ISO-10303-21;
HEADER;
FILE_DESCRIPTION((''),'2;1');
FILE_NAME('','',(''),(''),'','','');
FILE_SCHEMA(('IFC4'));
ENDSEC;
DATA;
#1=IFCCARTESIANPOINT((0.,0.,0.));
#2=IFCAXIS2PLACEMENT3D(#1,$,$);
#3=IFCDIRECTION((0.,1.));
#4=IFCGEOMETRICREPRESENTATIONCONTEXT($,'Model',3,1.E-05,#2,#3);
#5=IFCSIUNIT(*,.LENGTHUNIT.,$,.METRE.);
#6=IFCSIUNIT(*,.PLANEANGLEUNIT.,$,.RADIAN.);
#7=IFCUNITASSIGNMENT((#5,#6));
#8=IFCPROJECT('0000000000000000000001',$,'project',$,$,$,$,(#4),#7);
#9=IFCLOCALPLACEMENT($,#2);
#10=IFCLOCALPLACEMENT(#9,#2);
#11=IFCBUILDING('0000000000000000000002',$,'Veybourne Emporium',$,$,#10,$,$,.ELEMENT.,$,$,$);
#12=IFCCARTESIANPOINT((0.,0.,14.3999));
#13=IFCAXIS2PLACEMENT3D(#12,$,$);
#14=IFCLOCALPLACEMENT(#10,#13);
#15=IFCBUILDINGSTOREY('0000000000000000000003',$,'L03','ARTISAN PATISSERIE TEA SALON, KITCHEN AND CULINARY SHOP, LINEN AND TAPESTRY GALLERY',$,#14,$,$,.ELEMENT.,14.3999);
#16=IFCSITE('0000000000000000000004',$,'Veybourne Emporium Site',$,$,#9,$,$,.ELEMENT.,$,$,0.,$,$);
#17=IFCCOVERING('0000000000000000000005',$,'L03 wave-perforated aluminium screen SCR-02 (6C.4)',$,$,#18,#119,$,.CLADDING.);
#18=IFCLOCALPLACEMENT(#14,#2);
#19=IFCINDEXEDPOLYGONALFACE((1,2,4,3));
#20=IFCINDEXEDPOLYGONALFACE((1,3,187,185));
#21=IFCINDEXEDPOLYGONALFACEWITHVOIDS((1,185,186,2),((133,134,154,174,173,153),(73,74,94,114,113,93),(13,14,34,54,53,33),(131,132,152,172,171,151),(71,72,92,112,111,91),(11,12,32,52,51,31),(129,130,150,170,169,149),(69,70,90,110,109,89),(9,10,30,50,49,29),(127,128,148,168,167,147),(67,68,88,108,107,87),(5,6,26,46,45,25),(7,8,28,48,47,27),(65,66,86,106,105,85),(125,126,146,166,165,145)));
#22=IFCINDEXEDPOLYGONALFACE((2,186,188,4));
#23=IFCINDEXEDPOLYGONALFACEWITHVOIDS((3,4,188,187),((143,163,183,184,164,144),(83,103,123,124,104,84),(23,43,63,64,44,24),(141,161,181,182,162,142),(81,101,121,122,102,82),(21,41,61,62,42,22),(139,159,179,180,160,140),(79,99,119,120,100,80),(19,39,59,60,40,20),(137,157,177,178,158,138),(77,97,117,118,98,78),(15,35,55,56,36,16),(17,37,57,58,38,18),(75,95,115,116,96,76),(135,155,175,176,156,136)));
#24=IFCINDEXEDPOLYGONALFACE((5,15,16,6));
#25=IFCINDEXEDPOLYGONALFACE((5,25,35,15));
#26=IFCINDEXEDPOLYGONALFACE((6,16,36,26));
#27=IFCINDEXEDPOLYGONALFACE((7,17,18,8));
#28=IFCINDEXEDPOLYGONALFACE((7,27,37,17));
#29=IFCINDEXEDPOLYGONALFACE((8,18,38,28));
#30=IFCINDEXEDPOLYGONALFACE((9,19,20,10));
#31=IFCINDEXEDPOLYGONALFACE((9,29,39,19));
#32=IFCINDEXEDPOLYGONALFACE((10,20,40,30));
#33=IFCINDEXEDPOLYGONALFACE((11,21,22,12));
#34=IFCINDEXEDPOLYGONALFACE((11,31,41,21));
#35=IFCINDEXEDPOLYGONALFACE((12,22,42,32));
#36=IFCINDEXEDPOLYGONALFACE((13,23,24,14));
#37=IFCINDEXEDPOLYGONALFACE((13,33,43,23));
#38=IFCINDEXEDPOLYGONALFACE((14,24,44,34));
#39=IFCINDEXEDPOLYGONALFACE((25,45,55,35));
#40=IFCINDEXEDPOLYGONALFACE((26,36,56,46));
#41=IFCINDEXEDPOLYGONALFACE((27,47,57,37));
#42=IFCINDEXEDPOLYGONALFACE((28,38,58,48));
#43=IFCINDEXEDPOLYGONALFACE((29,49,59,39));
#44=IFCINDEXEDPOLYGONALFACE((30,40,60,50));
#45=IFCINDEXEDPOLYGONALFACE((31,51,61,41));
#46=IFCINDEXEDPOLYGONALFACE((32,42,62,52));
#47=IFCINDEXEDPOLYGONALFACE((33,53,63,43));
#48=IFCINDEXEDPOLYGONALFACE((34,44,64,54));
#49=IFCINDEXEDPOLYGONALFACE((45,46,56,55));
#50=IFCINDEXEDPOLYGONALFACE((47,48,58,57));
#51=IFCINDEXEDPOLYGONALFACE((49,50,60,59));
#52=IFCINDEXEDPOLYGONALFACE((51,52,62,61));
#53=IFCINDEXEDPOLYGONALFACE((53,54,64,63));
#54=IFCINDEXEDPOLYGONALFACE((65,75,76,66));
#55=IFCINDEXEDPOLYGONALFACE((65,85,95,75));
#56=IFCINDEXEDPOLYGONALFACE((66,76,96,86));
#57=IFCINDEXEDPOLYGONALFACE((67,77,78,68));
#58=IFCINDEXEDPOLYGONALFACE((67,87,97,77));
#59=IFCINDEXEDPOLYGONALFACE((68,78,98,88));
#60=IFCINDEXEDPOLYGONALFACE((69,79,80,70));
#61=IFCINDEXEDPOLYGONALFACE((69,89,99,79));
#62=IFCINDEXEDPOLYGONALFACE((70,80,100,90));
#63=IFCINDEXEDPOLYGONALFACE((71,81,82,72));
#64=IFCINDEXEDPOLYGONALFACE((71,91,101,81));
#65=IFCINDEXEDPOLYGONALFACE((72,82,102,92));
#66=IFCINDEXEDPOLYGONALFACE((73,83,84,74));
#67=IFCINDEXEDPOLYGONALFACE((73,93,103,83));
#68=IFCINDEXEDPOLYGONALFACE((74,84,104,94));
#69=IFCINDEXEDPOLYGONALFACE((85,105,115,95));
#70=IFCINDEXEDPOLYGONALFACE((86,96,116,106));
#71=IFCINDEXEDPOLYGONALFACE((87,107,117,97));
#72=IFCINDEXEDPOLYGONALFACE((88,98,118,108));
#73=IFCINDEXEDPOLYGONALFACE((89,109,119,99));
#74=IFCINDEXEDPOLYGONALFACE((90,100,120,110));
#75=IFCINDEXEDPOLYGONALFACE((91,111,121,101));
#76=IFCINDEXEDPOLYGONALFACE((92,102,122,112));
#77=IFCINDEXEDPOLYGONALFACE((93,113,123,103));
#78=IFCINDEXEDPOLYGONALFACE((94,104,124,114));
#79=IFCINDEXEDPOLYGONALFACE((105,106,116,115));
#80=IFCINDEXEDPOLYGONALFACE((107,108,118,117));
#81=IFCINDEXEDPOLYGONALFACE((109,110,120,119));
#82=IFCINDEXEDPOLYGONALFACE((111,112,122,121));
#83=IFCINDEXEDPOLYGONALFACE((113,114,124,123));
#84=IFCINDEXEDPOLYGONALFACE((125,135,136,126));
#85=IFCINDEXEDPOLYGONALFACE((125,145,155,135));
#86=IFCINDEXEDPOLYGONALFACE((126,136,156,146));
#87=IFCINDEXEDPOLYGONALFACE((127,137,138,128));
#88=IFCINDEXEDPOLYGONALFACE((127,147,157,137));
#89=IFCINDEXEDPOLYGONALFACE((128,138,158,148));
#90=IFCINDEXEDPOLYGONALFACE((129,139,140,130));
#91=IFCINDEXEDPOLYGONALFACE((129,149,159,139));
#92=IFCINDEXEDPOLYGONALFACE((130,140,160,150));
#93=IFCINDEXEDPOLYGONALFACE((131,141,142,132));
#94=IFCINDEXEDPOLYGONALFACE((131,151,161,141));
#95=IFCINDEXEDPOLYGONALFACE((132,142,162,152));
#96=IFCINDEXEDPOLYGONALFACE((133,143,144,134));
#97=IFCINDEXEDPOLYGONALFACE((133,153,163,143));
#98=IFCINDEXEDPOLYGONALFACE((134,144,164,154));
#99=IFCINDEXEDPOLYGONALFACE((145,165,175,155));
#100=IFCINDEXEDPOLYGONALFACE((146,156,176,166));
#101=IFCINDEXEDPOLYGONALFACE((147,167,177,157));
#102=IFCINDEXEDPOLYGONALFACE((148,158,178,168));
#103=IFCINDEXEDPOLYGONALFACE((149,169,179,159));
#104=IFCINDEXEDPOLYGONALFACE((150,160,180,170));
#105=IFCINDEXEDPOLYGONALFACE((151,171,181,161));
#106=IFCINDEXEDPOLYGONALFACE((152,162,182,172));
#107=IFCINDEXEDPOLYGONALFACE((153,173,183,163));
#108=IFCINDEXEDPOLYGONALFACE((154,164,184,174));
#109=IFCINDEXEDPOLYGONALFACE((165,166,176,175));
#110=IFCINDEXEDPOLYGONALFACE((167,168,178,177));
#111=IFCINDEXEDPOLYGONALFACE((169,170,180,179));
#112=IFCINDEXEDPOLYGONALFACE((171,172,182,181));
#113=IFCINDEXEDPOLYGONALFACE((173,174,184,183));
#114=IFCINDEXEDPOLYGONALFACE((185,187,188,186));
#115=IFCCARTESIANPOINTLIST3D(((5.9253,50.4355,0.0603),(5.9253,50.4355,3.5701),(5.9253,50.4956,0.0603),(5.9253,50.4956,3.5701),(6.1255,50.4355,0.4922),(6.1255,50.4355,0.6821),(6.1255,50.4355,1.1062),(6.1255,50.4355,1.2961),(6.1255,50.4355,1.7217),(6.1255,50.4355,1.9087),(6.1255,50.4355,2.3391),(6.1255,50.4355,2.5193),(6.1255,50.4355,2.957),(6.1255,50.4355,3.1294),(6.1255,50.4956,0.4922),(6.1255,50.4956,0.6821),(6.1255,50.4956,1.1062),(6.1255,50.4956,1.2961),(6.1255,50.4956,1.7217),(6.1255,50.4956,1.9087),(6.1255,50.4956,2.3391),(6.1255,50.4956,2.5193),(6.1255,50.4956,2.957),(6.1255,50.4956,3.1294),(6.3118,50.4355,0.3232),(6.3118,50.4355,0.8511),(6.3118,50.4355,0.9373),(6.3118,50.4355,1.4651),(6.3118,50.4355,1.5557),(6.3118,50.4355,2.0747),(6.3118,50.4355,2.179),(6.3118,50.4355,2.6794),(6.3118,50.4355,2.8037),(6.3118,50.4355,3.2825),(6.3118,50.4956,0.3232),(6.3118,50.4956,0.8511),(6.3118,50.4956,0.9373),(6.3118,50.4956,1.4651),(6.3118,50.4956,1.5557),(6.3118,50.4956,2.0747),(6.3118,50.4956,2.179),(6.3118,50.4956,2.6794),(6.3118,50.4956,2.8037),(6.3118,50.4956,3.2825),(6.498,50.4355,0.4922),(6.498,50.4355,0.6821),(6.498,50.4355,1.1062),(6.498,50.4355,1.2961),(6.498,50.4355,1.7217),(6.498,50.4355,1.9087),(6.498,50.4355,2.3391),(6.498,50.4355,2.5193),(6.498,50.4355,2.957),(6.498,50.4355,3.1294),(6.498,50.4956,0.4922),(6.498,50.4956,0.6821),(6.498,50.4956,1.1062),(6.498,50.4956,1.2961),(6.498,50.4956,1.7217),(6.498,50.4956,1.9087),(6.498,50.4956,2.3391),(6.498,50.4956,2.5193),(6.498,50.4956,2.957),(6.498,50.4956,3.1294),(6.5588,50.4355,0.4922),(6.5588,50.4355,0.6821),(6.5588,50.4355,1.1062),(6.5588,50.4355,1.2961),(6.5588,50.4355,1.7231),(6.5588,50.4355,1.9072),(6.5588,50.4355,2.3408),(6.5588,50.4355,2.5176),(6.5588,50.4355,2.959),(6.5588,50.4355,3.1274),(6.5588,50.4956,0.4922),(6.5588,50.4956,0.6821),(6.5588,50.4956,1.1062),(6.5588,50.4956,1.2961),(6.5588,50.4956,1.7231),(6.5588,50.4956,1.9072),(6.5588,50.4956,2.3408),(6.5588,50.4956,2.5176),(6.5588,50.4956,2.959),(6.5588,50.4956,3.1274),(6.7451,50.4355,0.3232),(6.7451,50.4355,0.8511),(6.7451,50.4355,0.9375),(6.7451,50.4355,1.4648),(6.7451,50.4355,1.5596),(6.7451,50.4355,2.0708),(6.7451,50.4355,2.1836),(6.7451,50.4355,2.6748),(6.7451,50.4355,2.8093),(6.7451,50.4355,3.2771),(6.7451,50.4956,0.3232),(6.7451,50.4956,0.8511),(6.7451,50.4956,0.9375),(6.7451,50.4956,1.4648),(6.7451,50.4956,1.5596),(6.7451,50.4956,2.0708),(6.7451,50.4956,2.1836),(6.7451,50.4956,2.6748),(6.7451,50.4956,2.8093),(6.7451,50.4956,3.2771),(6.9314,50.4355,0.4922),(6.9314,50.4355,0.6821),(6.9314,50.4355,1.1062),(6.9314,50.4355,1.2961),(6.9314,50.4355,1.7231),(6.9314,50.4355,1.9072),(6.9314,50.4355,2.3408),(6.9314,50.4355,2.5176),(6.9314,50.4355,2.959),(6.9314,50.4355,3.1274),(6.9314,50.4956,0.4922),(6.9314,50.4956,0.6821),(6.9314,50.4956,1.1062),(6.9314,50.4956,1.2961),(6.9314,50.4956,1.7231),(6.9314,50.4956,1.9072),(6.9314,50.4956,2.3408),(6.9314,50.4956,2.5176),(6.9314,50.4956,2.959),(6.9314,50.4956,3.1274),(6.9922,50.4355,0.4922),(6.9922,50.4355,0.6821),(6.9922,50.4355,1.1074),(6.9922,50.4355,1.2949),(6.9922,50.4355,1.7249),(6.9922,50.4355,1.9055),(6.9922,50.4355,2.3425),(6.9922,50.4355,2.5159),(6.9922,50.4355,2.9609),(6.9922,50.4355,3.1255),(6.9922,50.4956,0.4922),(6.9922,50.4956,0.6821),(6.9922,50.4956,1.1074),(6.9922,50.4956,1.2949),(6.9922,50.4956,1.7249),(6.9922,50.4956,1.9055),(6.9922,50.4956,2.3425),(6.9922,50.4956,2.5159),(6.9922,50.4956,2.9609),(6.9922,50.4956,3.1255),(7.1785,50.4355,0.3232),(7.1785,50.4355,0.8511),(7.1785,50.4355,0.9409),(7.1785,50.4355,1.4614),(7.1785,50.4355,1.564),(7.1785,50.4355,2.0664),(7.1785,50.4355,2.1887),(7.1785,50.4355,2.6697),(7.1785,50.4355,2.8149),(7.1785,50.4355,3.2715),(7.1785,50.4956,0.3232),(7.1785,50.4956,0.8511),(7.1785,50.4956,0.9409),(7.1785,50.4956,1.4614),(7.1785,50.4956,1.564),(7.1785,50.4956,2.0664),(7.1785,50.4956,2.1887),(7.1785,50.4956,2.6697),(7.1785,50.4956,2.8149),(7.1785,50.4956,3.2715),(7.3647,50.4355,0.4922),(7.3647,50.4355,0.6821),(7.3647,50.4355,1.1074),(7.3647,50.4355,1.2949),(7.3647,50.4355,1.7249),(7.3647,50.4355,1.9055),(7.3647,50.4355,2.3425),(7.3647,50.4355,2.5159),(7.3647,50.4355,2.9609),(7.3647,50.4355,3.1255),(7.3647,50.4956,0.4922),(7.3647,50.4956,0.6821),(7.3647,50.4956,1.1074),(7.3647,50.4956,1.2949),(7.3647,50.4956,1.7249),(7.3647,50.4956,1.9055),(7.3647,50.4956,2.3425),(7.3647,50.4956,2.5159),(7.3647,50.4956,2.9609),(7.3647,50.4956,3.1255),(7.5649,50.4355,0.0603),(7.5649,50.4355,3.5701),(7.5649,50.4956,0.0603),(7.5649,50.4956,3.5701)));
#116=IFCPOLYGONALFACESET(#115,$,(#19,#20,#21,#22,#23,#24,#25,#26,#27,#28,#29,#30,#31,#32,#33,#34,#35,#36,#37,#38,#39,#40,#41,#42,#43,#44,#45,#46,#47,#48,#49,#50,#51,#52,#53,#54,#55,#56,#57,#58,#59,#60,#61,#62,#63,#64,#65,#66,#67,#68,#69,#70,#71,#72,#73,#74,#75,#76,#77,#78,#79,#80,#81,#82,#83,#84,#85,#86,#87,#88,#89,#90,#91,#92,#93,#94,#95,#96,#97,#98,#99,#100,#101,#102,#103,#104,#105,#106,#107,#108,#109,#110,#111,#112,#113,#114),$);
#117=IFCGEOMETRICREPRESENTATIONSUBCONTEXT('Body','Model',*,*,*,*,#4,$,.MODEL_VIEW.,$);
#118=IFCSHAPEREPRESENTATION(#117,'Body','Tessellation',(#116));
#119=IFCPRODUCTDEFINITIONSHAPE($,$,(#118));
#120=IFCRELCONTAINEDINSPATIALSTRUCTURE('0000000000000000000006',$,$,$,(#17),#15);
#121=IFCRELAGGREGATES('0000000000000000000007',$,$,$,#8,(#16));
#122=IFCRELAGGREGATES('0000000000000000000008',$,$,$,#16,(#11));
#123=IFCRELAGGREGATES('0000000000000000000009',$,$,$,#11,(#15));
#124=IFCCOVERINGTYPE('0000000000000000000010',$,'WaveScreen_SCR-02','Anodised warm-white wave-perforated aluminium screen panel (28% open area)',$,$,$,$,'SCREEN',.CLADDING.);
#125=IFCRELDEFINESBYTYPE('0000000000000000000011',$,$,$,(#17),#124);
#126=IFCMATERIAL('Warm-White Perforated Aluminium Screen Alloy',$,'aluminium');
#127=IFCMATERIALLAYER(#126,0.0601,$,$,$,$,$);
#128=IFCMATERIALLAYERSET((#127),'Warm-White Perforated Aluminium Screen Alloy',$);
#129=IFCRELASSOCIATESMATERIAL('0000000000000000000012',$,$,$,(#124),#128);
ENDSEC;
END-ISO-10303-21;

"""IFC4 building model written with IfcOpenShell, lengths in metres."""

from ifc_helpers import new_model, si_unit, direction, frame, origin, place, context, subcontext, project, spatial, polyline, outline, extrude, material, layer, layer_set, type_object, element, save


model = new_model("IFC4")

# Units and contexts
model_context = context("Model", 3, precision=1e-05, world=origin(), true_north=direction((0.0, 1.0)))
body_context = subcontext(model_context, "Body", "Model", "MODEL_VIEW")
ifc_project = project(units=[si_unit("LENGTHUNIT", "METRE"), si_unit("PLANEANGLEUNIT", "RADIAN")], contexts=[model_context])

# Site, building, storey
site_placement = place(None, origin())
site = spatial("IfcSite", under=ifc_project, at=site_placement, Name="Veybourne Emporium Site", CompositionType="ELEMENT", RefElevation=0.0)
building_placement = place(site_placement, origin())
building = spatial("IfcBuilding", under=site, at=building_placement, Name="Veybourne Emporium", CompositionType="ELEMENT")
storey_placement = place(building_placement, frame((0.0, 0.0, 14.3999)))
storey = spatial("IfcBuildingStorey", under=building, at=storey_placement, Name="L03", Description="ARTISAN PATISSERIE TEA SALON, KITCHEN AND CULINARY SHOP, LINEN AND TAPESTRY GALLERY", CompositionType="ELEMENT", Elevation=14.3999)

# Covering
ifc_material_1 = material(Name="Warm-White Perforated Aluminium Screen Alloy", Category="aluminium")
ifc_layer_1 = layer(ifc_material_1, 0.0601)
ifc_layer_set_1 = layer_set([ifc_layer_1], Name="Warm-White Perforated Aluminium Screen Alloy")
covering_type_1 = type_object("IfcCoveringType", Name="WaveScreen_SCR-02", Description="Anodised warm-white wave-perforated aluminium screen panel (28% open area)", ElementType="SCREEN", PredefinedType="CLADDING", material=ifc_layer_set_1)
covering_1_placement = place(storey_placement, frame((6.7451, 50.4956, 1.8152), z_axis=(0.0, -1.0, 0.0), x_axis=(1.0, 0.0, 0.0)))
element("IfcCovering", 1, at=covering_1_placement, inside=storey, type_object=covering_type_1, Name="L03 wave-perforated aluminium screen SCR-02 (6C.4)", PredefinedType="CLADDING", context=body_context, shape_type="SweptSolid", body=[
    extrude(outline(polyline([(-0.8198, -1.7549), (0.8198, -1.7549), (0.8198, 1.7549), (-0.8198, 1.7549), (-0.8198, -1.7549)]), holes=[polyline([(-0.4333, -0.9641), (-0.2471, -1.1331), (-0.2471, -1.323), (-0.4333, -1.4919), (-0.6196, -1.323), (-0.6196, -1.1331), (-0.4333, -0.9641)]), polyline([(-0.4333, -0.3501), (-0.2471, -0.519), (-0.2471, -0.709), (-0.4333, -0.8779), (-0.6196, -0.709), (-0.6196, -0.519), (-0.4333, -0.3501)]), polyline([(-0.4333, 0.2595), (-0.2471, 0.0935), (-0.2471, -0.0935), (-0.4333, -0.2595), (-0.6196, -0.0935), (-0.6196, 0.0935), (-0.4333, 0.2595)]), polyline([(-0.4333, 0.8643), (-0.2471, 0.7041), (-0.2471, 0.5239), (-0.4333, 0.3638), (-0.6196, 0.5239), (-0.6196, 0.7041), (-0.4333, 0.8643)]), polyline([(-0.4333, 1.4673), (-0.2471, 1.3142), (-0.2471, 1.1418), (-0.4333, 0.9885), (-0.6196, 1.1418), (-0.6196, 1.3142), (-0.4333, 1.4673)]), polyline([(0.0, -0.9641), (0.1863, -1.1331), (0.1863, -1.323), (0.0, -1.4919), (-0.1863, -1.323), (-0.1863, -1.1331), (0.0, -0.9641)]), polyline([(0.0, -0.3503), (0.1863, -0.519), (0.1863, -0.709), (0.0, -0.8777), (-0.1863, -0.709), (-0.1863, -0.519), (0.0, -0.3503)]), polyline([(0.0, 0.2556), (0.1863, 0.092), (0.1863, -0.092), (0.0, -0.2556), (-0.1863, -0.092), (-0.1863, 0.092), (0.0, 0.2556)]), polyline([(0.0, 0.8596), (0.1863, 0.7024), (0.1863, 0.5256), (0.0, 0.3684), (-0.1863, 0.5256), (-0.1863, 0.7024), (0.0, 0.8596)]), polyline([(0.0, 1.4619), (0.1863, 1.3123), (0.1863, 1.1438), (0.0, 0.9941), (-0.1863, 1.1438), (-0.1863, 1.3123), (0.0, 1.4619)]), polyline([(0.4333, -0.9641), (0.6196, -1.1331), (0.6196, -1.323), (0.4333, -1.4919), (0.2471, -1.323), (0.2471, -1.1331), (0.4333, -0.9641)]), polyline([(0.4333, -0.3538), (0.6196, -0.5203), (0.6196, -0.7078), (0.4333, -0.8743), (0.2471, -0.7078), (0.2471, -0.5203), (0.4333, -0.3538)]), polyline([(0.4333, 0.2512), (0.6196, 0.0903), (0.6196, -0.0903), (0.4333, -0.2512), (0.2471, -0.0903), (0.2471, 0.0903), (0.4333, 0.2512)]), polyline([(0.4333, 0.8545), (0.6196, 0.7007), (0.6196, 0.5273), (0.4333, 0.3735), (0.2471, 0.5273), (0.2471, 0.7007), (0.4333, 0.8545)]), polyline([(0.4333, 1.4563), (0.6196, 1.3103), (0.6196, 1.1458), (0.4333, 0.9998), (0.2471, 1.1458), (0.2471, 1.3103), (0.4333, 1.4563)])]), origin(), (0.0, 0.0, 1.0), 0.0601),
])

save(model, "model.ifc")
